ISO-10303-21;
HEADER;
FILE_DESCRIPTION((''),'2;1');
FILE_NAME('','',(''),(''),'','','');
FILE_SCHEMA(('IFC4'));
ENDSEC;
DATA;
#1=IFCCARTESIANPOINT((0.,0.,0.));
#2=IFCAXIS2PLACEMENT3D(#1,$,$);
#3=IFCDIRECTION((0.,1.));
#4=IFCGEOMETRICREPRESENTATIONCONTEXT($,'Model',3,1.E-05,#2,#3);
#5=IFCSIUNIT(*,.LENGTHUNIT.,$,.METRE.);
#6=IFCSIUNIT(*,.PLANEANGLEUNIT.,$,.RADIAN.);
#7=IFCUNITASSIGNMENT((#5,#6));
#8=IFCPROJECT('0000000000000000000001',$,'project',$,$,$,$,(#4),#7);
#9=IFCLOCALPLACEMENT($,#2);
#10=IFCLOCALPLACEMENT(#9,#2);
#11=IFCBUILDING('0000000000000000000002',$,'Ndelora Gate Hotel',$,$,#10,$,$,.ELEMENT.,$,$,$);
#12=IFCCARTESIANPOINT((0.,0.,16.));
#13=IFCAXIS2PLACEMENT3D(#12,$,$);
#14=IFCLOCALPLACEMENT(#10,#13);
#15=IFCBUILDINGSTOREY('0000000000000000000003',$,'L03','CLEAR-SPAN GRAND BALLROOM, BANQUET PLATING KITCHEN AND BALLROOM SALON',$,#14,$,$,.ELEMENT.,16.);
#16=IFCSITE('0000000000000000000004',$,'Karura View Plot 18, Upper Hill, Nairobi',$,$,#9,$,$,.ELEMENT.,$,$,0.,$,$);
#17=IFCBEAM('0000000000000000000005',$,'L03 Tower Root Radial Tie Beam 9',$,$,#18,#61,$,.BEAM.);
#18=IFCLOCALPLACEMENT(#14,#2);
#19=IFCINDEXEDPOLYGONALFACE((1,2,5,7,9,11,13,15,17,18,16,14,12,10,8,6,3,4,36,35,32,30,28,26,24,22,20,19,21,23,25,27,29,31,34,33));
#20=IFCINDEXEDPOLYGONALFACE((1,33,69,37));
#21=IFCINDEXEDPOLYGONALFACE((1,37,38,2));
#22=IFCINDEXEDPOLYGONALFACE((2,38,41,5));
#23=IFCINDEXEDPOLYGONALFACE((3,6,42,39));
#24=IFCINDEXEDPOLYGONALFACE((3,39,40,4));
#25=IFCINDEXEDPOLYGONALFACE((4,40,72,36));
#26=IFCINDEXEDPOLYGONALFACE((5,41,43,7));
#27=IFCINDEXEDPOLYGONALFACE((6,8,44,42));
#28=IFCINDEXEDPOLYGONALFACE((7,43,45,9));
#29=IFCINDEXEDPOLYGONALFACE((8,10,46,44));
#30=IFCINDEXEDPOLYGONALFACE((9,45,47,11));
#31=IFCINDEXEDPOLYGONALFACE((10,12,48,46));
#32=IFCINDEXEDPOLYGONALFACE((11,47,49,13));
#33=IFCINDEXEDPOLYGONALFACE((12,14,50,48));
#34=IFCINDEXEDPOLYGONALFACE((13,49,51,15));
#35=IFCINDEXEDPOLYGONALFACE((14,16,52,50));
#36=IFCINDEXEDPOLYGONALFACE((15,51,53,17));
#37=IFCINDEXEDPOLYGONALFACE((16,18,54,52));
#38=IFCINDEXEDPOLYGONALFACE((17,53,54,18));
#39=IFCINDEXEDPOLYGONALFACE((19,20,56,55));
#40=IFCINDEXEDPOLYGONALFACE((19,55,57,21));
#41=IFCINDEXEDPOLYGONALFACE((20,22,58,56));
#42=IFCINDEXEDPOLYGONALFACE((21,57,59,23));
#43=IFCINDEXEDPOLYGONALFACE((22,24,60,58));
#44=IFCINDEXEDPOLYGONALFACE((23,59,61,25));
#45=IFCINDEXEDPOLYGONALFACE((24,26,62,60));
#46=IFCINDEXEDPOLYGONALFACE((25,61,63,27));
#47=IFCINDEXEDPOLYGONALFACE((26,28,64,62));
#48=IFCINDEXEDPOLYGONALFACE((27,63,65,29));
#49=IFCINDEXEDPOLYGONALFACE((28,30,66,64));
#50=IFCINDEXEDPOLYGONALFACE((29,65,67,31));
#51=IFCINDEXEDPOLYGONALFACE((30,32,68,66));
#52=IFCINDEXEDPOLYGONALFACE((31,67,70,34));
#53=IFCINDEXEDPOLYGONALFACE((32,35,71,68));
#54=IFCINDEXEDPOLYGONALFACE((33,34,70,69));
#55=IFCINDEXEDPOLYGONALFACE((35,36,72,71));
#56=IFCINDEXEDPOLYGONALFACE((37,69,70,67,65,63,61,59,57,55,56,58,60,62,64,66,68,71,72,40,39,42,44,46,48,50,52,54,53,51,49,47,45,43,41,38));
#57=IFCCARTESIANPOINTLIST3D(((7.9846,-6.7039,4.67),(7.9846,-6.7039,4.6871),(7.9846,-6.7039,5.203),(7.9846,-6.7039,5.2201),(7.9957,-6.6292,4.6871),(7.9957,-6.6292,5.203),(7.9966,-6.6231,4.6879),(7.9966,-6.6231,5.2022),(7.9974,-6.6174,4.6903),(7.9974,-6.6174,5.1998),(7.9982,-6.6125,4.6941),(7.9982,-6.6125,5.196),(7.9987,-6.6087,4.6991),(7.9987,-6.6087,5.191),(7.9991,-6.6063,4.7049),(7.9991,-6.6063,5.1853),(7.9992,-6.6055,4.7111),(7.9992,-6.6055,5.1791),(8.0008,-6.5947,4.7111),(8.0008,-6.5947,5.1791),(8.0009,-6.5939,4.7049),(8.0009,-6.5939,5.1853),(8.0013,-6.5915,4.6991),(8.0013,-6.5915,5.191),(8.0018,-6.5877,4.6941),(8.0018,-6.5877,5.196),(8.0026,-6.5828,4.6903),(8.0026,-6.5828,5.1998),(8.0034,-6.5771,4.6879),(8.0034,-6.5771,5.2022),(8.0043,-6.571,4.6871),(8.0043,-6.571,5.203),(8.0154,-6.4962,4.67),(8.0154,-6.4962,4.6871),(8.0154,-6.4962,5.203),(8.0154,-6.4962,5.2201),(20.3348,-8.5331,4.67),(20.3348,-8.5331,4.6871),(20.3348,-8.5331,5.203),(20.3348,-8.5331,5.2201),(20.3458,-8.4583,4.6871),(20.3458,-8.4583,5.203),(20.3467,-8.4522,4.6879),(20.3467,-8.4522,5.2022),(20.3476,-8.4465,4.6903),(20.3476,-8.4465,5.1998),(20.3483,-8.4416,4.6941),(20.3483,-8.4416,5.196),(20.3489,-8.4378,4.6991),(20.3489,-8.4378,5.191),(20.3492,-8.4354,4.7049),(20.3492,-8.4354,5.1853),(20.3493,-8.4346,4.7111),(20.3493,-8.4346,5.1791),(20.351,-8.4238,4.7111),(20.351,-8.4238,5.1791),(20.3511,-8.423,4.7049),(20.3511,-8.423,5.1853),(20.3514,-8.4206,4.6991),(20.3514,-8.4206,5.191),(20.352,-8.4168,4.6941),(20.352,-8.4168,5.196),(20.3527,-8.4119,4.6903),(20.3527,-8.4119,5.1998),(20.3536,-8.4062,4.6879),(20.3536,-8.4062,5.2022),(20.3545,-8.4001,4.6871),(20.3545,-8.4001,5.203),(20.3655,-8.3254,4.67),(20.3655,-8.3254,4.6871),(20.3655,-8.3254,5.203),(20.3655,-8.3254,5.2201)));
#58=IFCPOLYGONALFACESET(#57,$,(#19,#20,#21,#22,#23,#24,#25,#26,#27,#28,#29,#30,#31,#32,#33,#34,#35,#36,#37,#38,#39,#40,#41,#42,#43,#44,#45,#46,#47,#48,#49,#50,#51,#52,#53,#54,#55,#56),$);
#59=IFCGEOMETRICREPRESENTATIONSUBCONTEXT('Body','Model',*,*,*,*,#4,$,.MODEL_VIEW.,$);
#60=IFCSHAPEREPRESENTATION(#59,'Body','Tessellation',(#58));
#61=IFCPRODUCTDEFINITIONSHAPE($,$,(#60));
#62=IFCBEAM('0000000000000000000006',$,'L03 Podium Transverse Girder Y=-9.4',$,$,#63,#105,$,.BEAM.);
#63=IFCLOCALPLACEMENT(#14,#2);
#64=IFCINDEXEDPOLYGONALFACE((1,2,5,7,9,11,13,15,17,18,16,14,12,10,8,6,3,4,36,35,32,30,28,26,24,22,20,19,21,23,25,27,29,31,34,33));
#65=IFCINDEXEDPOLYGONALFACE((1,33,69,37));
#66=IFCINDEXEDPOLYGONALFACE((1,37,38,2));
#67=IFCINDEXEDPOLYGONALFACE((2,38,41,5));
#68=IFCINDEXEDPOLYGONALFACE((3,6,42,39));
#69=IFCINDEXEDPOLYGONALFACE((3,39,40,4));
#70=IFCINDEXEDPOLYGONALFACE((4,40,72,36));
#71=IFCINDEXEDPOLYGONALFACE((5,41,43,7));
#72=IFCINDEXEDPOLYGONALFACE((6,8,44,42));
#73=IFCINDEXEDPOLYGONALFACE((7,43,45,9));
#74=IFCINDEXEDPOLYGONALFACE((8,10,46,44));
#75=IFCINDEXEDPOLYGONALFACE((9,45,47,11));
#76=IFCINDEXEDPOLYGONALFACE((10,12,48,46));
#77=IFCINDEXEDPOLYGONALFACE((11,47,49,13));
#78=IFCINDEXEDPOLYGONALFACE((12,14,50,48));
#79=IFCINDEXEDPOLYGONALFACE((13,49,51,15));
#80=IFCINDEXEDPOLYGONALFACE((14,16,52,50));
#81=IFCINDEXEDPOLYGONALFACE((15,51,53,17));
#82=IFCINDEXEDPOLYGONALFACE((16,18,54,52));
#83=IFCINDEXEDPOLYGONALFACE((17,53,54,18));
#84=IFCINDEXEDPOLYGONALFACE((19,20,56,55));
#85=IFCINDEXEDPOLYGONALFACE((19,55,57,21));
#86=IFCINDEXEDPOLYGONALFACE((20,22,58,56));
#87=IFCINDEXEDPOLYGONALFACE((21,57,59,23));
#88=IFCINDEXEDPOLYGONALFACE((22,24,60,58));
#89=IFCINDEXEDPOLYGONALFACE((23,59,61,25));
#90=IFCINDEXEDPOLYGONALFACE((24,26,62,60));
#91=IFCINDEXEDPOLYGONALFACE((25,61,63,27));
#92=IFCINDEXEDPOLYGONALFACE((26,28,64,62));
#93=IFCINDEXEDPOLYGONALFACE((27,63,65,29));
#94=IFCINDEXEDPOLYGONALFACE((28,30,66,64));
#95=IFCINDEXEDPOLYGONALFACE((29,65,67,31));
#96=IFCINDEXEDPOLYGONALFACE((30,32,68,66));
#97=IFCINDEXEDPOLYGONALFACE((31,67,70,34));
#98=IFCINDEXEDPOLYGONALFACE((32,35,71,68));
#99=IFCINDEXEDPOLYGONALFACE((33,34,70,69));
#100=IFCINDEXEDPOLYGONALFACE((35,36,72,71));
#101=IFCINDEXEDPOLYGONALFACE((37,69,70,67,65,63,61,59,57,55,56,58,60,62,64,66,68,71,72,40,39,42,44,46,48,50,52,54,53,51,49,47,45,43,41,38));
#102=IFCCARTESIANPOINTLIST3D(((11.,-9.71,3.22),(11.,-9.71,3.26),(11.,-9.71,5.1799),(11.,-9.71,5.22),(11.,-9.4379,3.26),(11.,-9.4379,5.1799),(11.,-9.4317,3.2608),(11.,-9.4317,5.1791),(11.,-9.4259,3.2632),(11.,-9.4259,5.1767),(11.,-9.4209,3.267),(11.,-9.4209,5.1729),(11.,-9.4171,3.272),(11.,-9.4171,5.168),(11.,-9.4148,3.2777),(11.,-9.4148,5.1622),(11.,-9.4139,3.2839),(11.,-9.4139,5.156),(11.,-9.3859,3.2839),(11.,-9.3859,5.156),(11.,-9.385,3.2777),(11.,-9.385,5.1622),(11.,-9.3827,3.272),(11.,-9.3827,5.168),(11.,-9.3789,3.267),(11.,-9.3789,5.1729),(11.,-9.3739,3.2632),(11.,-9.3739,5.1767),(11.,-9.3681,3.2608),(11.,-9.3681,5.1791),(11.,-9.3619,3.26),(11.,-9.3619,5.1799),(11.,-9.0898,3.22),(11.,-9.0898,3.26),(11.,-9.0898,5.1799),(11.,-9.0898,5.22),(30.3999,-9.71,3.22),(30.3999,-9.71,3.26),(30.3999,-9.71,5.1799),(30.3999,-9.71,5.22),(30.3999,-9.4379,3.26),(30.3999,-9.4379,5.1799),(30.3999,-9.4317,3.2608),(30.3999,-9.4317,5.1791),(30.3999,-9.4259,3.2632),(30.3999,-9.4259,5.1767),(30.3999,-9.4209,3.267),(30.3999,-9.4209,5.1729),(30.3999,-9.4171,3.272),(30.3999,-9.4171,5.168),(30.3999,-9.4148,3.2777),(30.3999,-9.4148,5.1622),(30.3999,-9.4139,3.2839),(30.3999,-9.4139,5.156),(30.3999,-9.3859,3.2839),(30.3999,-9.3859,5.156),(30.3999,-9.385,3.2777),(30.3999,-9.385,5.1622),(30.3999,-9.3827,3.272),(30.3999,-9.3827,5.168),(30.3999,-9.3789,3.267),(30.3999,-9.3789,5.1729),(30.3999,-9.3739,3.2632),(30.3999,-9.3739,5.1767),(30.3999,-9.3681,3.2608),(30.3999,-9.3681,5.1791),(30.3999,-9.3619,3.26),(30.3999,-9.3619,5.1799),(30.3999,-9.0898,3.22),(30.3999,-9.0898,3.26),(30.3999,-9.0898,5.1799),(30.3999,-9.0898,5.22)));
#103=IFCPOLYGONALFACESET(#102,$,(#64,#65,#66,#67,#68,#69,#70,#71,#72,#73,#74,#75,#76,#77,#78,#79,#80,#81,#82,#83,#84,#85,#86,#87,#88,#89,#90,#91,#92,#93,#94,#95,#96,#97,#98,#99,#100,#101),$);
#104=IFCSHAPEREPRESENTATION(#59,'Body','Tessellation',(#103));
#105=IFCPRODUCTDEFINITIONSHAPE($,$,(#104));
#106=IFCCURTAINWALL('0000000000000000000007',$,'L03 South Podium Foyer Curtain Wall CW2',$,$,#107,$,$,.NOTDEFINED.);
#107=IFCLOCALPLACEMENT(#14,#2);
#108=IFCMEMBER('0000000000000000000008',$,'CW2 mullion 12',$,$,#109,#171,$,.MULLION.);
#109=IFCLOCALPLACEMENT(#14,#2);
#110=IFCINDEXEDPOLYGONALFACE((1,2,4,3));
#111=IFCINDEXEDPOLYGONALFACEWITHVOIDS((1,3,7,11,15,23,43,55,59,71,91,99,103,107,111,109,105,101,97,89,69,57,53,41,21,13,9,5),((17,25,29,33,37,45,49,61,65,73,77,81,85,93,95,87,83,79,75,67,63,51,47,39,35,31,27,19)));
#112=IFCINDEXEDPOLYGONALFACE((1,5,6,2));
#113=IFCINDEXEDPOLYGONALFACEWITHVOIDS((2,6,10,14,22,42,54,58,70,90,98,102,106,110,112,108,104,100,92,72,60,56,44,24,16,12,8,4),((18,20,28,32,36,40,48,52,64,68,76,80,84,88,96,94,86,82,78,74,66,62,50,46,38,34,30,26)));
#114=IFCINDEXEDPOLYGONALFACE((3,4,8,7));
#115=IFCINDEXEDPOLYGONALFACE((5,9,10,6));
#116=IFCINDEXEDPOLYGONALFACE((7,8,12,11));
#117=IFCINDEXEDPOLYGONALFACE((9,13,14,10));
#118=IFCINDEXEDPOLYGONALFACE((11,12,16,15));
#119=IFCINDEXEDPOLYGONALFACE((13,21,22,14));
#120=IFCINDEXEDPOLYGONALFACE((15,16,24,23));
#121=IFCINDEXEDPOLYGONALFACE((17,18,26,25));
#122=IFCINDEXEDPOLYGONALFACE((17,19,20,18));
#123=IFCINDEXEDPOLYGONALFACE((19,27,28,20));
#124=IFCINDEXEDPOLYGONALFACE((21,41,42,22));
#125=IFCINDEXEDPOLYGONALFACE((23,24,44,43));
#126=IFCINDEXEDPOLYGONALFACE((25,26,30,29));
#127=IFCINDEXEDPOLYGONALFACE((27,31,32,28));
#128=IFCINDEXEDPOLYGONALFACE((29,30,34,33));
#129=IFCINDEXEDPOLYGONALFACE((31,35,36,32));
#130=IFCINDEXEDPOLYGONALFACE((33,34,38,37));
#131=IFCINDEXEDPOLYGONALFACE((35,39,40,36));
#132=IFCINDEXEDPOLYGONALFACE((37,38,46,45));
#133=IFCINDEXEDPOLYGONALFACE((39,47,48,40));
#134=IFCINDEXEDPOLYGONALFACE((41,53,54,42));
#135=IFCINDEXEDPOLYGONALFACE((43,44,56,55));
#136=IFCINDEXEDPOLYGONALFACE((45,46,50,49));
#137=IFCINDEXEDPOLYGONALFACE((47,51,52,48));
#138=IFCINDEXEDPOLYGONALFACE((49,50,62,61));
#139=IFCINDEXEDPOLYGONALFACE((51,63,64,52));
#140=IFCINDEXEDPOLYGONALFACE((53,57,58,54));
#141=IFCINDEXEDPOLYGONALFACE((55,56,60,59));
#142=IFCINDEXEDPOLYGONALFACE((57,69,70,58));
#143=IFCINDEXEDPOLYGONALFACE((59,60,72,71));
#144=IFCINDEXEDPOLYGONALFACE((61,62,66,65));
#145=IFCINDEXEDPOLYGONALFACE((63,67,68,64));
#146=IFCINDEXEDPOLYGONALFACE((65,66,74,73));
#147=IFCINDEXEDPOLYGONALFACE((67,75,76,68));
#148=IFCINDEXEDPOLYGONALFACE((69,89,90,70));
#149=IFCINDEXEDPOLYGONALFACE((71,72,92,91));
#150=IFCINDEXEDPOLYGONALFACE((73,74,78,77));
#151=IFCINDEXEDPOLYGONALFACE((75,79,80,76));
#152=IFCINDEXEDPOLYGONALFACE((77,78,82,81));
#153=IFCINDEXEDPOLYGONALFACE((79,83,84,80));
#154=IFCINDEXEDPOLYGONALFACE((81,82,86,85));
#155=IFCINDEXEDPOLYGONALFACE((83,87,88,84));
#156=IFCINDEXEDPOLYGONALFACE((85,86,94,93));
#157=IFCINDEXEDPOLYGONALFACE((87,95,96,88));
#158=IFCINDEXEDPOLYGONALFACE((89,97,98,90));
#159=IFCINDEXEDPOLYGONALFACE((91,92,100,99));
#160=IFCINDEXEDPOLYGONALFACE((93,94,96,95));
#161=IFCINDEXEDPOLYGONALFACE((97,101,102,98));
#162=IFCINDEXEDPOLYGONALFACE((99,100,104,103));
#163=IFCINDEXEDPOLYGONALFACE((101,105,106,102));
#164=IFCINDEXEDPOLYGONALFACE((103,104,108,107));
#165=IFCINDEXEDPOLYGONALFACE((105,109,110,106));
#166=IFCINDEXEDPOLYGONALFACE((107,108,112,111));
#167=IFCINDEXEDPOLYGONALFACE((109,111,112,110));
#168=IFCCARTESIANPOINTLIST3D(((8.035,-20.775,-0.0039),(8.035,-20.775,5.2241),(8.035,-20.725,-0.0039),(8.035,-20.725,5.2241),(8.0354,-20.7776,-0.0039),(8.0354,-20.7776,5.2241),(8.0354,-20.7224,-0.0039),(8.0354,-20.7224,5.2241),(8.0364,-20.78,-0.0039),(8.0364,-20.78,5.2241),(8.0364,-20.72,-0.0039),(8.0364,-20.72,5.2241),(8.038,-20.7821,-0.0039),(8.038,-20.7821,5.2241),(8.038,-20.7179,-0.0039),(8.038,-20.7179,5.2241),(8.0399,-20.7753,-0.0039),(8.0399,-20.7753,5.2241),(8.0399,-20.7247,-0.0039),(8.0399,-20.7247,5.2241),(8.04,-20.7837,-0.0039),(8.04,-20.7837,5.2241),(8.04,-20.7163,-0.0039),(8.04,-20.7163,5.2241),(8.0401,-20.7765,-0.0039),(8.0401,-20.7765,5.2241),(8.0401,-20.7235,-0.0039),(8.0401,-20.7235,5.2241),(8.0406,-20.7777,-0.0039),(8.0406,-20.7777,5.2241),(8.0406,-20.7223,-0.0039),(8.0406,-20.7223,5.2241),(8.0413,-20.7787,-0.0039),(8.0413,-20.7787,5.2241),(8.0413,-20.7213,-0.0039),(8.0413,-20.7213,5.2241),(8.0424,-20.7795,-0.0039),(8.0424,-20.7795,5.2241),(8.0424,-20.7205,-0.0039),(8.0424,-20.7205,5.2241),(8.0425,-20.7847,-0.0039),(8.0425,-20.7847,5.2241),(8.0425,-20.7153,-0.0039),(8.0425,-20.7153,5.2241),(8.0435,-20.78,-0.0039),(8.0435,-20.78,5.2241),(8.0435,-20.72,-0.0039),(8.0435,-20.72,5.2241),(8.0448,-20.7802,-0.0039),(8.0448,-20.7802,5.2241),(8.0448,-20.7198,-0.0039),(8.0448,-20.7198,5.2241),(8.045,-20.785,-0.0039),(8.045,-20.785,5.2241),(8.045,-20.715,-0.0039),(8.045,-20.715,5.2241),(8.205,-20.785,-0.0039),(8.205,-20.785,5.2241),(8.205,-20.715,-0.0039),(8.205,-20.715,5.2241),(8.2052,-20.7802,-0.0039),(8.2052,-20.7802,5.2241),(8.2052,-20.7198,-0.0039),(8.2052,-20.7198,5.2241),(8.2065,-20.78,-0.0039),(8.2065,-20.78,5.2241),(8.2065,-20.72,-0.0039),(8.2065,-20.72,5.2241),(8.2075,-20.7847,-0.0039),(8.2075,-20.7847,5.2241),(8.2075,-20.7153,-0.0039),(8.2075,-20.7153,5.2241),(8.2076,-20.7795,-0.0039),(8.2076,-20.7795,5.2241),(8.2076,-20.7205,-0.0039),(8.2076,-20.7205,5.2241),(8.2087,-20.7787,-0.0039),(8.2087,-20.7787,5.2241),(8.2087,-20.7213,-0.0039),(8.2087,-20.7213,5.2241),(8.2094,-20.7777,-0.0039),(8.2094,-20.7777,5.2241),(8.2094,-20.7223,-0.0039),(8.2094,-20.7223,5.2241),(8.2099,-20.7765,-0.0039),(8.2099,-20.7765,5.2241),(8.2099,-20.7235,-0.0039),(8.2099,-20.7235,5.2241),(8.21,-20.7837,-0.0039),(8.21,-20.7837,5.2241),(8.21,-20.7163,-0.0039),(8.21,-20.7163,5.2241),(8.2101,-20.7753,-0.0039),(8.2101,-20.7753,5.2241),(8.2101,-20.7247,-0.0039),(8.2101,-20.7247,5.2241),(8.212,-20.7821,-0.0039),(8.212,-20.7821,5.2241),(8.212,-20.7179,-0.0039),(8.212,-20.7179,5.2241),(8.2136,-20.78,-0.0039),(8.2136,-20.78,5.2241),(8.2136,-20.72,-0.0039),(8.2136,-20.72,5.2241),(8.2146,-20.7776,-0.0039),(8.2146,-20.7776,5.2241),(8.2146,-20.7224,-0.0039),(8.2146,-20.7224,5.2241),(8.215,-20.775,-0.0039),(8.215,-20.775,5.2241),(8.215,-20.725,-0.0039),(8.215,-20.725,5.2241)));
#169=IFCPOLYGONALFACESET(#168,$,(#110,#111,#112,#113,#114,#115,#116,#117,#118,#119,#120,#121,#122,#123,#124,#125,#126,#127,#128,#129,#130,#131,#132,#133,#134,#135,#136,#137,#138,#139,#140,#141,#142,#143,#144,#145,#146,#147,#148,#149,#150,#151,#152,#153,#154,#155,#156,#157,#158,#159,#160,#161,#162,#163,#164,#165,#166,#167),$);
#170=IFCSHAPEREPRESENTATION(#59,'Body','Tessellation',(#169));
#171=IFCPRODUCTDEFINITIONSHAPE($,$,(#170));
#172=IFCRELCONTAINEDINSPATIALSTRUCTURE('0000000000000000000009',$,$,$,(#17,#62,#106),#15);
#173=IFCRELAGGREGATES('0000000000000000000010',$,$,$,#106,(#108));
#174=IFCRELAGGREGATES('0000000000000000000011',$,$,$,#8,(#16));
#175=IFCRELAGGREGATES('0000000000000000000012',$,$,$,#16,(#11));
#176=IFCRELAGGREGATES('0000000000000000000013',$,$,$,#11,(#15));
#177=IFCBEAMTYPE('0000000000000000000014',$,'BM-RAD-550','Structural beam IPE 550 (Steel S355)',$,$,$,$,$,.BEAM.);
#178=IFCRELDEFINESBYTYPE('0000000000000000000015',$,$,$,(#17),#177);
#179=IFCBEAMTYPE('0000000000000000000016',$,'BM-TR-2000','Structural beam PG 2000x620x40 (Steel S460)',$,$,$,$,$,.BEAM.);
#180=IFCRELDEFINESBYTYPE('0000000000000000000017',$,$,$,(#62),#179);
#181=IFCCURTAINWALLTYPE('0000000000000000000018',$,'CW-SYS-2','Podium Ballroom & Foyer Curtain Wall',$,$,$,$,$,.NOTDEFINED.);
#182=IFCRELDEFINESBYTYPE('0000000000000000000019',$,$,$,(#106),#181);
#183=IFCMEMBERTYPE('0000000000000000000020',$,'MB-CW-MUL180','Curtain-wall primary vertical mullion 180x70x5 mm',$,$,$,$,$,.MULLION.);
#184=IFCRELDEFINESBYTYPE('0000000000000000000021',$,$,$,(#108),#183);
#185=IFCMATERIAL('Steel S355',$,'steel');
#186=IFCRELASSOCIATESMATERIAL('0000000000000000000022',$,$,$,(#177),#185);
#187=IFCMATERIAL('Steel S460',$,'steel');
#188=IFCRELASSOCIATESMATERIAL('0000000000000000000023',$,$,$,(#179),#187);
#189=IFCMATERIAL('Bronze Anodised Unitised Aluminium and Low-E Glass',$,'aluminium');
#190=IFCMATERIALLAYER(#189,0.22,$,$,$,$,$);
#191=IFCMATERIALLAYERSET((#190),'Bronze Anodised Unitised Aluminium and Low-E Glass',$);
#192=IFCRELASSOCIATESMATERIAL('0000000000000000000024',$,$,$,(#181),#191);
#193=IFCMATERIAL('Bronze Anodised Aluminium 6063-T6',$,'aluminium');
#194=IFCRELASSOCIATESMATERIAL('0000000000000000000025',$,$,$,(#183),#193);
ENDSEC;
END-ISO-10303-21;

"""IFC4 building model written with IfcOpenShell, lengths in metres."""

from ifc_helpers import new_model, si_unit, direction, frame, origin, origin_2d, place, context, subcontext, project, spatial, hollow_rectangle, i_section, extrude, material, layer, layer_set, material_profile, profile_set, type_object, element, aggregate, save


model = new_model("IFC4")

# Units and contexts
model_context = context("Model", 3, precision=1e-05, world=origin(), true_north=direction((0.0, 1.0)))
body_context = subcontext(model_context, "Body", "Model", "MODEL_VIEW")
ifc_project = project(units=[si_unit("LENGTHUNIT", "METRE"), si_unit("PLANEANGLEUNIT", "RADIAN")], contexts=[model_context])

# Site, building, storey
site_placement = place(None, origin())
site = spatial("IfcSite", under=ifc_project, at=site_placement, Name="Karura View Plot 18, Upper Hill, Nairobi", CompositionType="ELEMENT", RefElevation=0.0)
building_placement = place(site_placement, origin())
building = spatial("IfcBuilding", under=site, at=building_placement, Name="Ndelora Gate Hotel", CompositionType="ELEMENT")
storey_placement = place(building_placement, frame((0.0, 0.0, 16.0)))
storey = spatial("IfcBuildingStorey", under=building, at=storey_placement, Name="L03", Description="CLEAR-SPAN GRAND BALLROOM, BANQUET PLATING KITCHEN AND BALLROOM SALON", CompositionType="ELEMENT", Elevation=16.0)

# Beams
ifc_material_1 = material(Name="Steel S355", Category="steel")
ifc_material_profile_1 = material_profile(ifc_material_1, i_section(OverallWidth=0.21, OverallDepth=0.55, WebThickness=0.011, FlangeThickness=0.0171, FilletRadius=0.0239, at=origin_2d()), Name="IPE 550")
ifc_profile_set_1 = profile_set([ifc_material_profile_1], Name="Steel S355")
beam_type_1 = type_object("IfcBeamType", Name="BM-RAD-550", Description="Structural beam IPE 550 (Steel S355)", PredefinedType="BEAM", material=ifc_profile_set_1)
beam_1_placement = place(storey_placement, frame((8.0, -6.6001, 4.9451), z_axis=(0.98921, -0.146506, 0.0), x_axis=(0.146506, 0.98921, 0.0)))
element("IfcBeam", 1, at=beam_1_placement, inside=storey, type_object=beam_type_1, Name="L03 Tower Root Radial Tie Beam 9", PredefinedType="BEAM", context=body_context, shape_type="SweptSolid", body=[
    extrude(i_section(OverallWidth=0.21, OverallDepth=0.55, WebThickness=0.011, FlangeThickness=0.0171, FilletRadius=0.0239, at=origin_2d()), origin(), (0.0, 0.0, 1.0), 12.4849),
])
ifc_material_2 = material(Name="Steel S460", Category="steel")
ifc_material_profile_2 = material_profile(ifc_material_2, i_section(OverallWidth=0.6201, OverallDepth=2.0, WebThickness=0.0281, FlangeThickness=0.04, FilletRadius=0.0239, at=origin_2d()), Name="PG 2000x620x40")
ifc_profile_set_2 = profile_set([ifc_material_profile_2], Name="Steel S460")
beam_type_2 = type_object("IfcBeamType", Name="BM-TR-2000", Description="Structural beam PG 2000x620x40 (Steel S460)", PredefinedType="BEAM", material=ifc_profile_set_2)
beam_2_placement = place(storey_placement, frame((11.0, -9.3999, 4.22), z_axis=(1.0, 0.0, 0.0), x_axis=(0.0, 1.0, 0.0)))
element("IfcBeam", 2, at=beam_2_placement, inside=storey, type_object=beam_type_2, Name="L03 Podium Transverse Girder Y=-9.4", PredefinedType="BEAM", context=body_context, shape_type="SweptSolid", body=[
    extrude(i_section(OverallWidth=0.6201, OverallDepth=2.0, WebThickness=0.0281, FlangeThickness=0.04, FilletRadius=0.0239, at=origin_2d()), origin(), (0.0, 0.0, 1.0), 19.3999),
])

# Curtain wall, member
ifc_material_3 = material(Name="Bronze Anodised Unitised Aluminium and Low-E Glass", Category="aluminium")
ifc_layer_1 = layer(ifc_material_3, 0.22)
ifc_layer_set_1 = layer_set([ifc_layer_1], Name="Bronze Anodised Unitised Aluminium and Low-E Glass")
curtain_wall_type = type_object("IfcCurtainWallType", Name="CW-SYS-2", Description="Podium Ballroom & Foyer Curtain Wall", PredefinedType="NOTDEFINED", material=ifc_layer_set_1)
curtain_wall_placement = place(storey_placement, origin())
curtain_wall = element("IfcCurtainWall", 3, at=curtain_wall_placement, inside=storey, type_object=curtain_wall_type, Name="L03 South Podium Foyer Curtain Wall CW2", PredefinedType="NOTDEFINED")
ifc_material_4 = material(Name="Bronze Anodised Aluminium 6063-T6", Category="aluminium")
ifc_material_profile_3 = material_profile(ifc_material_4, hollow_rectangle(XDim=0.0701, YDim=0.1799, WallThickness=0.0049, InnerFilletRadius=0.0049, OuterFilletRadius=0.01, at=origin_2d()), Name="ALU 180x70x5")
ifc_profile_set_3 = profile_set([ifc_material_profile_3], Name="Bronze Anodised Aluminium 6063-T6")
member_type_1 = type_object("IfcMemberType", Name="MB-CW-MUL180", Description="Curtain-wall primary vertical mullion 180x70x5 mm", PredefinedType="MULLION", material=ifc_profile_set_3)
member_1_placement = place(storey_placement, frame((8.125, -20.75, -0.0039), z_axis=(0.0, 0.0, 1.0), x_axis=(0.0, 1.0, 0.0)))
member_1 = element("IfcMember", 4, at=member_1_placement, type_object=member_type_1, Name="CW2 mullion 12", PredefinedType="MULLION", context=body_context, shape_type="SweptSolid", body=[
    extrude(hollow_rectangle(XDim=0.0701, YDim=0.1799, WallThickness=0.0049, InnerFilletRadius=0.0049, OuterFilletRadius=0.01, at=origin_2d()), origin(), (0.0, 0.0, 1.0), 5.228),
])
aggregate(curtain_wall, [member_1])

save(model, "model.ifc")
